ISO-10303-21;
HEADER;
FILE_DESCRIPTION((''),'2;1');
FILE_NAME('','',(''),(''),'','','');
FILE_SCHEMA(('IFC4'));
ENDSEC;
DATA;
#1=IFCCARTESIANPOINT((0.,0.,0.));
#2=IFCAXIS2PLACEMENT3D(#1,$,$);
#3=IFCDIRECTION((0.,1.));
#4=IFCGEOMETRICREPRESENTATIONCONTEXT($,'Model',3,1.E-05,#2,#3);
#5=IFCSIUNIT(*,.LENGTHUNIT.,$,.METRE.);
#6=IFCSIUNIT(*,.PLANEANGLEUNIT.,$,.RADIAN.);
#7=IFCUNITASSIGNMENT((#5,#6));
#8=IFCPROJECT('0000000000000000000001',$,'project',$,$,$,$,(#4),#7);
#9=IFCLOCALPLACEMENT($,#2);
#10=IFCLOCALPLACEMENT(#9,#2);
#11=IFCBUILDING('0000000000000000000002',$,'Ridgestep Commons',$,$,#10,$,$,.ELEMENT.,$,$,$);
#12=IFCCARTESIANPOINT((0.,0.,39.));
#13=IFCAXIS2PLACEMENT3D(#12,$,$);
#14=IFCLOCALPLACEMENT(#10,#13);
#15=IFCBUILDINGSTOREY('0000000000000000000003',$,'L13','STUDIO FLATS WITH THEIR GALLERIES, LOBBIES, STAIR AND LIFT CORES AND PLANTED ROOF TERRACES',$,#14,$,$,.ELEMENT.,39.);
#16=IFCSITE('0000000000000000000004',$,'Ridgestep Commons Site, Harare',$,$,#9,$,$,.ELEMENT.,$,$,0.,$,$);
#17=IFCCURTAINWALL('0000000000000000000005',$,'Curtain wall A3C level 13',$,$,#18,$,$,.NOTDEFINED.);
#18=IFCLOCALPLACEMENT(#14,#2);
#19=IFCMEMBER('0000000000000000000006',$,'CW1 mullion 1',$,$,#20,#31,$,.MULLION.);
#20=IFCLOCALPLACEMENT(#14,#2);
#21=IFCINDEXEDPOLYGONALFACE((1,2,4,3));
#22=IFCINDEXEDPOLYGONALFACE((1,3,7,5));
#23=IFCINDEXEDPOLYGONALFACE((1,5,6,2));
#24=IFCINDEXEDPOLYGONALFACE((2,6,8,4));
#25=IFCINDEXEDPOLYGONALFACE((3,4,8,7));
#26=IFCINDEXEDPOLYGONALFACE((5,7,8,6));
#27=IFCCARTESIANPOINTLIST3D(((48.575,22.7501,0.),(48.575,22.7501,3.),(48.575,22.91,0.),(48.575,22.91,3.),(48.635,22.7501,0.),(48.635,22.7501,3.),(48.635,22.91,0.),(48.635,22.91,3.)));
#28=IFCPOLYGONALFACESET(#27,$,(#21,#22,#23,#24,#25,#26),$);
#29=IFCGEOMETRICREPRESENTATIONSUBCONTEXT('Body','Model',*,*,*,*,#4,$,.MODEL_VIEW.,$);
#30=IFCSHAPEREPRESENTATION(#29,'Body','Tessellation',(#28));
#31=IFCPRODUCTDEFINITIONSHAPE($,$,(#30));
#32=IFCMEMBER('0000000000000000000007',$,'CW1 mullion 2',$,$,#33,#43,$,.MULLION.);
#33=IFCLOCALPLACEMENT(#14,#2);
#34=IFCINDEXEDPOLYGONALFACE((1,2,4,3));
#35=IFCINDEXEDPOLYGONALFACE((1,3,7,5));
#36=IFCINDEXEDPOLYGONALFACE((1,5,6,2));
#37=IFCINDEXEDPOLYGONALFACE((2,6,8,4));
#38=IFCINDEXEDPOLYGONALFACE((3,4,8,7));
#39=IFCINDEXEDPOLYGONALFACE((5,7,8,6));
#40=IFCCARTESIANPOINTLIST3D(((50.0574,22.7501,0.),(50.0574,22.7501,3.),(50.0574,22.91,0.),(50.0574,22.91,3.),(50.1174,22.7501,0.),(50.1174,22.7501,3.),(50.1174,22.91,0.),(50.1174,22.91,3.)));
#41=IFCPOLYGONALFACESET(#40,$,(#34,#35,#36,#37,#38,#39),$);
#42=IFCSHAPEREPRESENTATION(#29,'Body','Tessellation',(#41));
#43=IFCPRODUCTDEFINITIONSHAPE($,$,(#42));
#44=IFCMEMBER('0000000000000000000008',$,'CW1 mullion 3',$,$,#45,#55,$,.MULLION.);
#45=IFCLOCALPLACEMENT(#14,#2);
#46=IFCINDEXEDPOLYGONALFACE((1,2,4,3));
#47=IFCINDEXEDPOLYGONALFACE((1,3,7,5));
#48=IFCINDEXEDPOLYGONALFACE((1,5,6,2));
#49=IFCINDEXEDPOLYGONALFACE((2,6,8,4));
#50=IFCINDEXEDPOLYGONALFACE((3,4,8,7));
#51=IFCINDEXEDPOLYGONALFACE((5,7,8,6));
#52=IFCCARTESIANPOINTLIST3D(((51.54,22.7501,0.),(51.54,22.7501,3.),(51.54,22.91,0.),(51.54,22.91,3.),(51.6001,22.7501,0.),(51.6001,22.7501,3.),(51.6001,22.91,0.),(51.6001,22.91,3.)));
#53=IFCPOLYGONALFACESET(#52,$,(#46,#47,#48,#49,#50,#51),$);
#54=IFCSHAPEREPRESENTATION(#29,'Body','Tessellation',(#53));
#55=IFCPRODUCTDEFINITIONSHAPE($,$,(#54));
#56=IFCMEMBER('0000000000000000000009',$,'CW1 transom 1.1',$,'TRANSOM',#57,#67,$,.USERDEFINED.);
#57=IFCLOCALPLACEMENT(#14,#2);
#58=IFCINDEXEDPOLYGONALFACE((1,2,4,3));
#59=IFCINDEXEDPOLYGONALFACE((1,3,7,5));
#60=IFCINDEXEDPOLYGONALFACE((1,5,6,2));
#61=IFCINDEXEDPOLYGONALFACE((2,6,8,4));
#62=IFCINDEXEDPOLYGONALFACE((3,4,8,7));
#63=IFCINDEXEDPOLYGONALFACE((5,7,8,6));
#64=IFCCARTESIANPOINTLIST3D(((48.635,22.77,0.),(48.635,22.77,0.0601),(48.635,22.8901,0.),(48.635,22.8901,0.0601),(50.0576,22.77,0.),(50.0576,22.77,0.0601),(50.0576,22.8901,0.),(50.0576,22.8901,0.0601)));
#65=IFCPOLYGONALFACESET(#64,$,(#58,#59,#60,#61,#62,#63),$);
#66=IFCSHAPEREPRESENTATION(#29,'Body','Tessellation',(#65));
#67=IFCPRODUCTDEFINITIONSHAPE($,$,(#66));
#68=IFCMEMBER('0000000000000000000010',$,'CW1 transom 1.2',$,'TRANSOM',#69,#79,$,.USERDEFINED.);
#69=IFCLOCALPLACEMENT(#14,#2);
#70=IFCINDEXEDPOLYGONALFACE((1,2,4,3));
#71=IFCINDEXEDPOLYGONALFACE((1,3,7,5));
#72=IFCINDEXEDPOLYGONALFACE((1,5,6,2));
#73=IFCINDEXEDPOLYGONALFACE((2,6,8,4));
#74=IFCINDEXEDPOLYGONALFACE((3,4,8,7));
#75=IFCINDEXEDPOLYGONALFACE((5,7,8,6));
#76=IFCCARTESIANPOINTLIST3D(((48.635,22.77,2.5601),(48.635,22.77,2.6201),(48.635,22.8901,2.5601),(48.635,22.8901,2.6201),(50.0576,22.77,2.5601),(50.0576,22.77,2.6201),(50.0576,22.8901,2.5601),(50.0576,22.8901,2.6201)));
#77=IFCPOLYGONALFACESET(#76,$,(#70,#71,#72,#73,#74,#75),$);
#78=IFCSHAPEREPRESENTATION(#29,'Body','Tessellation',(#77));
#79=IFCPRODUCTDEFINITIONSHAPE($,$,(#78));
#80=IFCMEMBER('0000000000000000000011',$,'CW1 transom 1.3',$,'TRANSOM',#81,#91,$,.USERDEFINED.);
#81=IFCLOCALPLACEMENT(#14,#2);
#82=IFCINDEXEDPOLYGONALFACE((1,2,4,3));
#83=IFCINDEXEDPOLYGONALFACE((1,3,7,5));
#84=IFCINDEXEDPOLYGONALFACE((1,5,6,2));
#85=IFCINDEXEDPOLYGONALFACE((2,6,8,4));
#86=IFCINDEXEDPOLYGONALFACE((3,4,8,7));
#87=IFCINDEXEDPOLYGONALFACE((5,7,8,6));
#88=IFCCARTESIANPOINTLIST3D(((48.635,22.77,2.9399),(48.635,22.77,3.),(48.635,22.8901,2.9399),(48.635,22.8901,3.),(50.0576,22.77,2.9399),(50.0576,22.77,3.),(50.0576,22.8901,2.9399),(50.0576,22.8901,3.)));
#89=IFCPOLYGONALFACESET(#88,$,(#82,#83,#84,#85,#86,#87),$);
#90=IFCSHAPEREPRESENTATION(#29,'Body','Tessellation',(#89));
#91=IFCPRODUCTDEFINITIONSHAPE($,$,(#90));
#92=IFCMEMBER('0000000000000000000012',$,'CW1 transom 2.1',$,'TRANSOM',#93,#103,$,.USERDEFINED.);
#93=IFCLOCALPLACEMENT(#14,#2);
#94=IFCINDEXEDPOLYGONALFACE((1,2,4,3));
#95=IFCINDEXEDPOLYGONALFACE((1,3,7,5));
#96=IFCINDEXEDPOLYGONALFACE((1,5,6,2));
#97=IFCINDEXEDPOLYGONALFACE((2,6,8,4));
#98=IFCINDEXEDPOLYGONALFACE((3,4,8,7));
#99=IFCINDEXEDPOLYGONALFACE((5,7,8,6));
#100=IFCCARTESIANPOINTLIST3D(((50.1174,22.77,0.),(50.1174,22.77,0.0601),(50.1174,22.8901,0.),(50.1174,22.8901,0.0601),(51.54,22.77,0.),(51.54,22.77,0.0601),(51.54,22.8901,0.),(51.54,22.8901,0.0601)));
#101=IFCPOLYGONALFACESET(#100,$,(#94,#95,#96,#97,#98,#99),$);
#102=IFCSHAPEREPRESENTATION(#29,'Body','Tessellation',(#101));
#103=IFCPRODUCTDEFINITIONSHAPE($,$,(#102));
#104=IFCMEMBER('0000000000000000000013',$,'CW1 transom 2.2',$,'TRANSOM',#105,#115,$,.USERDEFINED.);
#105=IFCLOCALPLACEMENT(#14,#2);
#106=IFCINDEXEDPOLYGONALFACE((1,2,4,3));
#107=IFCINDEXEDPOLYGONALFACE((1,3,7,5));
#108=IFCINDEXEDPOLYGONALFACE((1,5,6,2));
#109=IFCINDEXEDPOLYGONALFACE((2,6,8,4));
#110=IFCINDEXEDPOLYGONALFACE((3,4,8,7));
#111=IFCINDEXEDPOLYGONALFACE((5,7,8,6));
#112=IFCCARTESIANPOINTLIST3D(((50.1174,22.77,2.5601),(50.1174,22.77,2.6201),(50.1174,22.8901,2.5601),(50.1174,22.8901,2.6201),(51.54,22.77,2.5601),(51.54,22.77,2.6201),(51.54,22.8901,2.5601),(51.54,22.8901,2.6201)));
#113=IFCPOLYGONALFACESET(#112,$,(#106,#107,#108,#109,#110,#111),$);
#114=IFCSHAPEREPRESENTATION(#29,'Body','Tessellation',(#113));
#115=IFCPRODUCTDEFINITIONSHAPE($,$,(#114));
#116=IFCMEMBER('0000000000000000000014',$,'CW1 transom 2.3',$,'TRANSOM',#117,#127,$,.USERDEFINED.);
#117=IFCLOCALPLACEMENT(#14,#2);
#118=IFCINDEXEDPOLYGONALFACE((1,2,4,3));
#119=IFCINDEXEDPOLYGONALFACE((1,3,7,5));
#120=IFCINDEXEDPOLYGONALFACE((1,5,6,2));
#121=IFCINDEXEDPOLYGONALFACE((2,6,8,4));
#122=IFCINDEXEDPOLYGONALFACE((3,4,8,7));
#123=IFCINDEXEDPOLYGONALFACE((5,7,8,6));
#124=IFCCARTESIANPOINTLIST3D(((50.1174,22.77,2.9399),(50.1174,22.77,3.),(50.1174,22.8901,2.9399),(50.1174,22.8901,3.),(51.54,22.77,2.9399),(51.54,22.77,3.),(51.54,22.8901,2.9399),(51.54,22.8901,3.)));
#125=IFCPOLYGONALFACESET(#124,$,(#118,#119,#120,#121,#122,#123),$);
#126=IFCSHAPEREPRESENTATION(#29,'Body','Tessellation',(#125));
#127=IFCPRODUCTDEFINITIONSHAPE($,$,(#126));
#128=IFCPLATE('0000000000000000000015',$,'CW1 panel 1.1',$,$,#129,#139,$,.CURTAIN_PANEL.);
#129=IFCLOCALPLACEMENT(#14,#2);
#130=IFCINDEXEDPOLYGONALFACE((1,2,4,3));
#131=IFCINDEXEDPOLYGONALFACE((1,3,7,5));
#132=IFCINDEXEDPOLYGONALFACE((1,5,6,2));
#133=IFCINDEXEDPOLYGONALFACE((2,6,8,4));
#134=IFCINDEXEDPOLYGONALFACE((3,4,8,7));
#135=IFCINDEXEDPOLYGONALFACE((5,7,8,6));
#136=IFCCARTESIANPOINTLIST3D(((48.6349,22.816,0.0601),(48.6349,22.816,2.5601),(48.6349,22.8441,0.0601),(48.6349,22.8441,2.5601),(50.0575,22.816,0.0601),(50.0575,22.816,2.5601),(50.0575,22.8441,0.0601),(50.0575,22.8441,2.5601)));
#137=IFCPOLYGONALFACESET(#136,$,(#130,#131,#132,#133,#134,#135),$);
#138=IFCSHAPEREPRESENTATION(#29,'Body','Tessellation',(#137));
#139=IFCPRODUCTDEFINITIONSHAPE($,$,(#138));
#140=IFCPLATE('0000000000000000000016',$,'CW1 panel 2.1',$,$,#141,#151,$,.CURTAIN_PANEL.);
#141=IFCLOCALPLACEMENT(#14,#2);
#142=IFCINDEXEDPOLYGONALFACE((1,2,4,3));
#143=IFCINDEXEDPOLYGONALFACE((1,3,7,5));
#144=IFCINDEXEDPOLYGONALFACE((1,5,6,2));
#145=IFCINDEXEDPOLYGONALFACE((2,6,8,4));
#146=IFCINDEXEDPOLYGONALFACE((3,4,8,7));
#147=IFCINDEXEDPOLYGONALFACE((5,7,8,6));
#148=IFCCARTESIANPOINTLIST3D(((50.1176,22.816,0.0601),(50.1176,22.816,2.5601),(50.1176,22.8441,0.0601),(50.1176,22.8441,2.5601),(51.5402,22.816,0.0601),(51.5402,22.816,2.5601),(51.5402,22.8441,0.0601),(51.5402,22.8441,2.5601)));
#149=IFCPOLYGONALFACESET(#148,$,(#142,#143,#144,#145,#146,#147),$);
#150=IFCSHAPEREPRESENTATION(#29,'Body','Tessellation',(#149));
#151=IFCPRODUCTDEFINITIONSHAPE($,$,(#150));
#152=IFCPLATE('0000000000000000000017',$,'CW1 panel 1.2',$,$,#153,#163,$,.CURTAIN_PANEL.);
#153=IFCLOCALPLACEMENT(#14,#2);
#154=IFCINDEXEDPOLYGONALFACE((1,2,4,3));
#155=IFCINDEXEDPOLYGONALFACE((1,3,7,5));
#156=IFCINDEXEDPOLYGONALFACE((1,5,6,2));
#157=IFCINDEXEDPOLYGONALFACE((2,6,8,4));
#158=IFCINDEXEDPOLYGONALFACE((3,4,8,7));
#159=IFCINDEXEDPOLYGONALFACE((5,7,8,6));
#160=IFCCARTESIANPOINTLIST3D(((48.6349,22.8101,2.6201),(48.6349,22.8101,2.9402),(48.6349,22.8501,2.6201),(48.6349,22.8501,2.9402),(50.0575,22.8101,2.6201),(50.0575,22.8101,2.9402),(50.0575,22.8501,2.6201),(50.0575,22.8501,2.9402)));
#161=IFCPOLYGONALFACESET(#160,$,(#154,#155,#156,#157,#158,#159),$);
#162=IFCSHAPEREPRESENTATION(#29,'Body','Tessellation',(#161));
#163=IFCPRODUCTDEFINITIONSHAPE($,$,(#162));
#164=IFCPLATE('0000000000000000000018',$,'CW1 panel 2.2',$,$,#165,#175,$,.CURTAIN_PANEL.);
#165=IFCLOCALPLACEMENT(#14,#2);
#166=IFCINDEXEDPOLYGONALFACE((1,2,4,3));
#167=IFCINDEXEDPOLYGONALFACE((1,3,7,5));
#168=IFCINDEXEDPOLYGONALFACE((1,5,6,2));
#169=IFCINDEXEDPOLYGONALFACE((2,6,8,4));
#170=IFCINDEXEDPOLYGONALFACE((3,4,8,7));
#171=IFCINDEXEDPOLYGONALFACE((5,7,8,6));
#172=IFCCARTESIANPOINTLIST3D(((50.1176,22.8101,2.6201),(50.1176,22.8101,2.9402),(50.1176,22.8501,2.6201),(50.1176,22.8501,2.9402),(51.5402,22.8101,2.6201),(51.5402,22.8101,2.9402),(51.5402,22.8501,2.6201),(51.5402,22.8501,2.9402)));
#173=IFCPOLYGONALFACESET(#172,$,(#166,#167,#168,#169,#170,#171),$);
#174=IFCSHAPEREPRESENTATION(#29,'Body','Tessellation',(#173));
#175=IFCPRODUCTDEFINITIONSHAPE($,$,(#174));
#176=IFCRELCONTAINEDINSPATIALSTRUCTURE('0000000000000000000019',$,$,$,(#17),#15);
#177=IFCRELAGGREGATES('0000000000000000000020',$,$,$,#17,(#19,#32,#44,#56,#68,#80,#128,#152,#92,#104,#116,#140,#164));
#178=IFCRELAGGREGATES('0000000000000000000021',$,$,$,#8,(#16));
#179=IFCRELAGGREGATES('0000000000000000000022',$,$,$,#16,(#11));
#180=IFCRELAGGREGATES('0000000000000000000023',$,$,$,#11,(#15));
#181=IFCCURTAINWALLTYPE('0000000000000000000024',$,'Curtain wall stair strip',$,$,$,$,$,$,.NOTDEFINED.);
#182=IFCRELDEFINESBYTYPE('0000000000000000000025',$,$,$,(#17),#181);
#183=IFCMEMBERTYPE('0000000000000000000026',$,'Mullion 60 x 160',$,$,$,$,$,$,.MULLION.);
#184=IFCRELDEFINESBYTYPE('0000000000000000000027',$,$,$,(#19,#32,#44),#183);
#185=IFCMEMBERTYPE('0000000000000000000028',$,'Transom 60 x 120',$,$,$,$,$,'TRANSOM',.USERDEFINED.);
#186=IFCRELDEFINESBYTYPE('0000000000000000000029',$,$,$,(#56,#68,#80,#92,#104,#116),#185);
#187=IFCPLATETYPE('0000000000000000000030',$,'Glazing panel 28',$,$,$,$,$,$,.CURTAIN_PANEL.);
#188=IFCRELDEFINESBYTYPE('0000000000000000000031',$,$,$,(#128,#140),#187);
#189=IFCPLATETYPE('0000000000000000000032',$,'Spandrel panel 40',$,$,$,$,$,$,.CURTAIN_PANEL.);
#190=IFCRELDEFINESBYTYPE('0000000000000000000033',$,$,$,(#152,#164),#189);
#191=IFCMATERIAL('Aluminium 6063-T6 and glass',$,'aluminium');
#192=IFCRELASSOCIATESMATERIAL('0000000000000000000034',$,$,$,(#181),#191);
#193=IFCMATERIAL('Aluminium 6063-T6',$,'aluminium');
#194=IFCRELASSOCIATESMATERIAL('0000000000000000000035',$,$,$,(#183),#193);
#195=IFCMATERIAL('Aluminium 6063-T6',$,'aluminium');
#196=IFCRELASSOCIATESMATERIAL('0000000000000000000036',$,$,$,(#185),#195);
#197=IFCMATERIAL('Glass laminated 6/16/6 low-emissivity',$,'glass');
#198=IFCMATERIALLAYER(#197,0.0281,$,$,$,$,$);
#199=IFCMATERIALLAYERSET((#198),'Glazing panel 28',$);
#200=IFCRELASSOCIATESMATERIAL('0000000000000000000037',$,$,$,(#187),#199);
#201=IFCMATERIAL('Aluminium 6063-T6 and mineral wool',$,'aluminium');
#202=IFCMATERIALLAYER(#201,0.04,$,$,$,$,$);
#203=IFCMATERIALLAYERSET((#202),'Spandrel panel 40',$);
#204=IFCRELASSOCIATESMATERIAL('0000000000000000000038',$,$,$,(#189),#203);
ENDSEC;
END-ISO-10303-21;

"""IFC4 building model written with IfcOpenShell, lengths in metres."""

from ifc_helpers import new_model, si_unit, direction, frame, origin, origin_2d, place, context, subcontext, project, spatial, rectangle, extrude, material, layer, layer_set, material_profile, profile_set, type_object, element, aggregate, save


model = new_model("IFC4")

# Units and contexts
model_context = context("Model", 3, precision=1e-05, world=origin(), true_north=direction((0.0, 1.0)))
body_context = subcontext(model_context, "Body", "Model", "MODEL_VIEW")
ifc_project = project(units=[si_unit("LENGTHUNIT", "METRE"), si_unit("PLANEANGLEUNIT", "RADIAN")], contexts=[model_context])

# Site, building, storey
site_placement = place(None, origin())
site = spatial("IfcSite", under=ifc_project, at=site_placement, Name="Ridgestep Commons Site, Harare", CompositionType="ELEMENT", RefElevation=0.0)
building_placement = place(site_placement, origin())
building = spatial("IfcBuilding", under=site, at=building_placement, Name="Ridgestep Commons", CompositionType="ELEMENT")
storey_placement = place(building_placement, frame((0.0, 0.0, 39.0)))
storey = spatial("IfcBuildingStorey", under=building, at=storey_placement, Name="L13", Description="STUDIO FLATS WITH THEIR GALLERIES, LOBBIES, STAIR AND LIFT CORES AND PLANTED ROOF TERRACES", CompositionType="ELEMENT", Elevation=39.0)

# Curtain wall, members, plates
ifc_material_1 = material(Name="Aluminium 6063-T6 and glass", Category="aluminium")
curtain_wall_type = type_object("IfcCurtainWallType", Name="Curtain wall stair strip", PredefinedType="NOTDEFINED", material=ifc_material_1)
curtain_wall_placement = place(storey_placement, origin())
curtain_wall = element("IfcCurtainWall", 1, at=curtain_wall_placement, inside=storey, type_object=curtain_wall_type, Name="Curtain wall A3C level 13", PredefinedType="NOTDEFINED")
ifc_material_2 = material(Name="Aluminium 6063-T6", Category="aluminium")
ifc_material_profile_1 = material_profile(ifc_material_2, rectangle(XDim=0.1599, YDim=0.0601, at=origin_2d()), Name="Mullion 60 x 160")
ifc_profile_set_1 = profile_set([ifc_material_profile_1], Name="Aluminium 6063-T6")
member_type_1 = type_object("IfcMemberType", Name="Mullion 60 x 160", PredefinedType="MULLION", material=ifc_profile_set_1)
member_1_placement = place(storey_placement, frame((48.605, 22.8301, 0.0), z_axis=(0.0, 0.0, 1.0), x_axis=(0.0, 1.0, 0.0)))
member_1 = element("IfcMember", 2, at=member_1_placement, type_object=member_type_1, Name="CW1 mullion 1", PredefinedType="MULLION", context=body_context, shape_type="SweptSolid", body=[
    extrude(rectangle(XDim=0.1599, YDim=0.0601, at=origin_2d()), origin(), (0.0, 0.0, 1.0), 3.0),
])
member_2_placement = place(storey_placement, frame((50.0874, 22.8301, 0.0), z_axis=(0.0, 0.0, 1.0), x_axis=(0.0, 1.0, 0.0)))
member_2 = element("IfcMember", 3, at=member_2_placement, type_object=member_type_1, Name="CW1 mullion 2", PredefinedType="MULLION", context=body_context, shape_type="SweptSolid", body=[
    extrude(rectangle(XDim=0.1599, YDim=0.0601, at=origin_2d()), origin(), (0.0, 0.0, 1.0), 3.0),
])
member_3_placement = place(storey_placement, frame((51.5701, 22.8301, 0.0), z_axis=(0.0, 0.0, 1.0), x_axis=(0.0, 1.0, 0.0)))
member_3 = element("IfcMember", 4, at=member_3_placement, type_object=member_type_1, Name="CW1 mullion 3", PredefinedType="MULLION", context=body_context, shape_type="SweptSolid", body=[
    extrude(rectangle(XDim=0.1599, YDim=0.0601, at=origin_2d()), origin(), (0.0, 0.0, 1.0), 3.0),
])
ifc_material_3 = material(Name="Aluminium 6063-T6", Category="aluminium")
ifc_material_profile_2 = material_profile(ifc_material_3, rectangle(XDim=0.1201, YDim=0.0601, at=origin_2d()), Name="Transom 60 x 120")
ifc_profile_set_2 = profile_set([ifc_material_profile_2], Name="Aluminium 6063-T6")
member_type_2 = type_object("IfcMemberType", Name="Transom 60 x 120", ElementType="TRANSOM", PredefinedType="USERDEFINED", material=ifc_profile_set_2)
member_4_placement = place(storey_placement, frame((48.635, 22.8301, 0.03), z_axis=(1.0, 0.0, 0.0), x_axis=(0.0, 1.0, 0.0)))
member_4 = element("IfcMember", 5, at=member_4_placement, type_object=member_type_2, Name="CW1 transom 1.1", ObjectType="TRANSOM", PredefinedType="USERDEFINED", context=body_context, shape_type="SweptSolid", body=[
    extrude(rectangle(XDim=0.1201, YDim=0.0601, at=origin_2d()), origin(), (0.0, 0.0, 1.0), 1.4226),
])
member_5_placement = place(storey_placement, frame((48.635, 22.8301, 2.5901), z_axis=(1.0, 0.0, 0.0), x_axis=(0.0, 1.0, 0.0)))
member_5 = element("IfcMember", 6, at=member_5_placement, type_object=member_type_2, Name="CW1 transom 1.2", ObjectType="TRANSOM", PredefinedType="USERDEFINED", context=body_context, shape_type="SweptSolid", body=[
    extrude(rectangle(XDim=0.1201, YDim=0.0601, at=origin_2d()), origin(), (0.0, 0.0, 1.0), 1.4226),
])
member_6_placement = place(storey_placement, frame((48.635, 22.8301, 2.97), z_axis=(1.0, 0.0, 0.0), x_axis=(0.0, 1.0, 0.0)))
member_6 = element("IfcMember", 7, at=member_6_placement, type_object=member_type_2, Name="CW1 transom 1.3", ObjectType="TRANSOM", PredefinedType="USERDEFINED", context=body_context, shape_type="SweptSolid", body=[
    extrude(rectangle(XDim=0.1201, YDim=0.0601, at=origin_2d()), origin(), (0.0, 0.0, 1.0), 1.4226),
])
member_7_placement = place(storey_placement, frame((50.1174, 22.8301, 0.03), z_axis=(1.0, 0.0, 0.0), x_axis=(0.0, 1.0, 0.0)))
member_7 = element("IfcMember", 8, at=member_7_placement, type_object=member_type_2, Name="CW1 transom 2.1", ObjectType="TRANSOM", PredefinedType="USERDEFINED", context=body_context, shape_type="SweptSolid", body=[
    extrude(rectangle(XDim=0.1201, YDim=0.0601, at=origin_2d()), origin(), (0.0, 0.0, 1.0), 1.4226),
])
member_8_placement = place(storey_placement, frame((50.1174, 22.8301, 2.5901), z_axis=(1.0, 0.0, 0.0), x_axis=(0.0, 1.0, 0.0)))
member_8 = element("IfcMember", 9, at=member_8_placement, type_object=member_type_2, Name="CW1 transom 2.2", ObjectType="TRANSOM", PredefinedType="USERDEFINED", context=body_context, shape_type="SweptSolid", body=[
    extrude(rectangle(XDim=0.1201, YDim=0.0601, at=origin_2d()), origin(), (0.0, 0.0, 1.0), 1.4226),
])
member_9_placement = place(storey_placement, frame((50.1174, 22.8301, 2.97), z_axis=(1.0, 0.0, 0.0), x_axis=(0.0, 1.0, 0.0)))
member_9 = element("IfcMember", 10, at=member_9_placement, type_object=member_type_2, Name="CW1 transom 2.3", ObjectType="TRANSOM", PredefinedType="USERDEFINED", context=body_context, shape_type="SweptSolid", body=[
    extrude(rectangle(XDim=0.1201, YDim=0.0601, at=origin_2d()), origin(), (0.0, 0.0, 1.0), 1.4226),
])
ifc_material_4 = material(Name="Glass laminated 6/16/6 low-emissivity", Category="glass")
ifc_layer_1 = layer(ifc_material_4, 0.0281)
ifc_layer_set_1 = layer_set([ifc_layer_1], Name="Glazing panel 28")
plate_type_1 = type_object("IfcPlateType", Name="Glazing panel 28", PredefinedType="CURTAIN_PANEL", material=ifc_layer_set_1)
plate_1_placement = place(storey_placement, frame((49.3462, 22.8301, 0.0601), z_axis=(0.0, 0.0, 1.0), x_axis=(1.0, 0.0, 0.0)))
plate_1 = element("IfcPlate", 11, at=plate_1_placement, type_object=plate_type_1, Name="CW1 panel 1.1", PredefinedType="CURTAIN_PANEL", context=body_context, shape_type="SweptSolid", body=[
    extrude(rectangle(XDim=1.4226, YDim=0.0281, at=origin_2d()), origin(), (0.0, 0.0, 1.0), 2.5),
])
plate_2_placement = place(storey_placement, frame((50.8289, 22.8301, 0.0601), z_axis=(0.0, 0.0, 1.0), x_axis=(1.0, 0.0, 0.0)))
plate_2 = element("IfcPlate", 12, at=plate_2_placement, type_object=plate_type_1, Name="CW1 panel 2.1", PredefinedType="CURTAIN_PANEL", context=body_context, shape_type="SweptSolid", body=[
    extrude(rectangle(XDim=1.4226, YDim=0.0281, at=origin_2d()), origin(), (0.0, 0.0, 1.0), 2.5),
])
ifc_material_5 = material(Name="Aluminium 6063-T6 and mineral wool", Category="aluminium")
ifc_layer_2 = layer(ifc_material_5, 0.04)
ifc_layer_set_2 = layer_set([ifc_layer_2], Name="Spandrel panel 40")
plate_type_2 = type_object("IfcPlateType", Name="Spandrel panel 40", PredefinedType="CURTAIN_PANEL", material=ifc_layer_set_2)
plate_3_placement = place(storey_placement, frame((49.3462, 22.8301, 2.6201), z_axis=(0.0, 0.0, 1.0), x_axis=(1.0, 0.0, 0.0)))
plate_3 = element("IfcPlate", 13, at=plate_3_placement, type_object=plate_type_2, Name="CW1 panel 1.2", PredefinedType="CURTAIN_PANEL", context=body_context, shape_type="SweptSolid", body=[
    extrude(rectangle(XDim=1.4226, YDim=0.04, at=origin_2d()), origin(), (0.0, 0.0, 1.0), 0.3201),
])
plate_4_placement = place(storey_placement, frame((50.8289, 22.8301, 2.6201), z_axis=(0.0, 0.0, 1.0), x_axis=(1.0, 0.0, 0.0)))
plate_4 = element("IfcPlate", 14, at=plate_4_placement, type_object=plate_type_2, Name="CW1 panel 2.2", PredefinedType="CURTAIN_PANEL", context=body_context, shape_type="SweptSolid", body=[
    extrude(rectangle(XDim=1.4226, YDim=0.04, at=origin_2d()), origin(), (0.0, 0.0, 1.0), 0.3201),
])
aggregate(curtain_wall, [member_1, member_2, member_3, member_4, member_5, member_6, plate_1, plate_3, member_7, member_8, member_9, plate_2, plate_4])

save(model, "model.ifc")
